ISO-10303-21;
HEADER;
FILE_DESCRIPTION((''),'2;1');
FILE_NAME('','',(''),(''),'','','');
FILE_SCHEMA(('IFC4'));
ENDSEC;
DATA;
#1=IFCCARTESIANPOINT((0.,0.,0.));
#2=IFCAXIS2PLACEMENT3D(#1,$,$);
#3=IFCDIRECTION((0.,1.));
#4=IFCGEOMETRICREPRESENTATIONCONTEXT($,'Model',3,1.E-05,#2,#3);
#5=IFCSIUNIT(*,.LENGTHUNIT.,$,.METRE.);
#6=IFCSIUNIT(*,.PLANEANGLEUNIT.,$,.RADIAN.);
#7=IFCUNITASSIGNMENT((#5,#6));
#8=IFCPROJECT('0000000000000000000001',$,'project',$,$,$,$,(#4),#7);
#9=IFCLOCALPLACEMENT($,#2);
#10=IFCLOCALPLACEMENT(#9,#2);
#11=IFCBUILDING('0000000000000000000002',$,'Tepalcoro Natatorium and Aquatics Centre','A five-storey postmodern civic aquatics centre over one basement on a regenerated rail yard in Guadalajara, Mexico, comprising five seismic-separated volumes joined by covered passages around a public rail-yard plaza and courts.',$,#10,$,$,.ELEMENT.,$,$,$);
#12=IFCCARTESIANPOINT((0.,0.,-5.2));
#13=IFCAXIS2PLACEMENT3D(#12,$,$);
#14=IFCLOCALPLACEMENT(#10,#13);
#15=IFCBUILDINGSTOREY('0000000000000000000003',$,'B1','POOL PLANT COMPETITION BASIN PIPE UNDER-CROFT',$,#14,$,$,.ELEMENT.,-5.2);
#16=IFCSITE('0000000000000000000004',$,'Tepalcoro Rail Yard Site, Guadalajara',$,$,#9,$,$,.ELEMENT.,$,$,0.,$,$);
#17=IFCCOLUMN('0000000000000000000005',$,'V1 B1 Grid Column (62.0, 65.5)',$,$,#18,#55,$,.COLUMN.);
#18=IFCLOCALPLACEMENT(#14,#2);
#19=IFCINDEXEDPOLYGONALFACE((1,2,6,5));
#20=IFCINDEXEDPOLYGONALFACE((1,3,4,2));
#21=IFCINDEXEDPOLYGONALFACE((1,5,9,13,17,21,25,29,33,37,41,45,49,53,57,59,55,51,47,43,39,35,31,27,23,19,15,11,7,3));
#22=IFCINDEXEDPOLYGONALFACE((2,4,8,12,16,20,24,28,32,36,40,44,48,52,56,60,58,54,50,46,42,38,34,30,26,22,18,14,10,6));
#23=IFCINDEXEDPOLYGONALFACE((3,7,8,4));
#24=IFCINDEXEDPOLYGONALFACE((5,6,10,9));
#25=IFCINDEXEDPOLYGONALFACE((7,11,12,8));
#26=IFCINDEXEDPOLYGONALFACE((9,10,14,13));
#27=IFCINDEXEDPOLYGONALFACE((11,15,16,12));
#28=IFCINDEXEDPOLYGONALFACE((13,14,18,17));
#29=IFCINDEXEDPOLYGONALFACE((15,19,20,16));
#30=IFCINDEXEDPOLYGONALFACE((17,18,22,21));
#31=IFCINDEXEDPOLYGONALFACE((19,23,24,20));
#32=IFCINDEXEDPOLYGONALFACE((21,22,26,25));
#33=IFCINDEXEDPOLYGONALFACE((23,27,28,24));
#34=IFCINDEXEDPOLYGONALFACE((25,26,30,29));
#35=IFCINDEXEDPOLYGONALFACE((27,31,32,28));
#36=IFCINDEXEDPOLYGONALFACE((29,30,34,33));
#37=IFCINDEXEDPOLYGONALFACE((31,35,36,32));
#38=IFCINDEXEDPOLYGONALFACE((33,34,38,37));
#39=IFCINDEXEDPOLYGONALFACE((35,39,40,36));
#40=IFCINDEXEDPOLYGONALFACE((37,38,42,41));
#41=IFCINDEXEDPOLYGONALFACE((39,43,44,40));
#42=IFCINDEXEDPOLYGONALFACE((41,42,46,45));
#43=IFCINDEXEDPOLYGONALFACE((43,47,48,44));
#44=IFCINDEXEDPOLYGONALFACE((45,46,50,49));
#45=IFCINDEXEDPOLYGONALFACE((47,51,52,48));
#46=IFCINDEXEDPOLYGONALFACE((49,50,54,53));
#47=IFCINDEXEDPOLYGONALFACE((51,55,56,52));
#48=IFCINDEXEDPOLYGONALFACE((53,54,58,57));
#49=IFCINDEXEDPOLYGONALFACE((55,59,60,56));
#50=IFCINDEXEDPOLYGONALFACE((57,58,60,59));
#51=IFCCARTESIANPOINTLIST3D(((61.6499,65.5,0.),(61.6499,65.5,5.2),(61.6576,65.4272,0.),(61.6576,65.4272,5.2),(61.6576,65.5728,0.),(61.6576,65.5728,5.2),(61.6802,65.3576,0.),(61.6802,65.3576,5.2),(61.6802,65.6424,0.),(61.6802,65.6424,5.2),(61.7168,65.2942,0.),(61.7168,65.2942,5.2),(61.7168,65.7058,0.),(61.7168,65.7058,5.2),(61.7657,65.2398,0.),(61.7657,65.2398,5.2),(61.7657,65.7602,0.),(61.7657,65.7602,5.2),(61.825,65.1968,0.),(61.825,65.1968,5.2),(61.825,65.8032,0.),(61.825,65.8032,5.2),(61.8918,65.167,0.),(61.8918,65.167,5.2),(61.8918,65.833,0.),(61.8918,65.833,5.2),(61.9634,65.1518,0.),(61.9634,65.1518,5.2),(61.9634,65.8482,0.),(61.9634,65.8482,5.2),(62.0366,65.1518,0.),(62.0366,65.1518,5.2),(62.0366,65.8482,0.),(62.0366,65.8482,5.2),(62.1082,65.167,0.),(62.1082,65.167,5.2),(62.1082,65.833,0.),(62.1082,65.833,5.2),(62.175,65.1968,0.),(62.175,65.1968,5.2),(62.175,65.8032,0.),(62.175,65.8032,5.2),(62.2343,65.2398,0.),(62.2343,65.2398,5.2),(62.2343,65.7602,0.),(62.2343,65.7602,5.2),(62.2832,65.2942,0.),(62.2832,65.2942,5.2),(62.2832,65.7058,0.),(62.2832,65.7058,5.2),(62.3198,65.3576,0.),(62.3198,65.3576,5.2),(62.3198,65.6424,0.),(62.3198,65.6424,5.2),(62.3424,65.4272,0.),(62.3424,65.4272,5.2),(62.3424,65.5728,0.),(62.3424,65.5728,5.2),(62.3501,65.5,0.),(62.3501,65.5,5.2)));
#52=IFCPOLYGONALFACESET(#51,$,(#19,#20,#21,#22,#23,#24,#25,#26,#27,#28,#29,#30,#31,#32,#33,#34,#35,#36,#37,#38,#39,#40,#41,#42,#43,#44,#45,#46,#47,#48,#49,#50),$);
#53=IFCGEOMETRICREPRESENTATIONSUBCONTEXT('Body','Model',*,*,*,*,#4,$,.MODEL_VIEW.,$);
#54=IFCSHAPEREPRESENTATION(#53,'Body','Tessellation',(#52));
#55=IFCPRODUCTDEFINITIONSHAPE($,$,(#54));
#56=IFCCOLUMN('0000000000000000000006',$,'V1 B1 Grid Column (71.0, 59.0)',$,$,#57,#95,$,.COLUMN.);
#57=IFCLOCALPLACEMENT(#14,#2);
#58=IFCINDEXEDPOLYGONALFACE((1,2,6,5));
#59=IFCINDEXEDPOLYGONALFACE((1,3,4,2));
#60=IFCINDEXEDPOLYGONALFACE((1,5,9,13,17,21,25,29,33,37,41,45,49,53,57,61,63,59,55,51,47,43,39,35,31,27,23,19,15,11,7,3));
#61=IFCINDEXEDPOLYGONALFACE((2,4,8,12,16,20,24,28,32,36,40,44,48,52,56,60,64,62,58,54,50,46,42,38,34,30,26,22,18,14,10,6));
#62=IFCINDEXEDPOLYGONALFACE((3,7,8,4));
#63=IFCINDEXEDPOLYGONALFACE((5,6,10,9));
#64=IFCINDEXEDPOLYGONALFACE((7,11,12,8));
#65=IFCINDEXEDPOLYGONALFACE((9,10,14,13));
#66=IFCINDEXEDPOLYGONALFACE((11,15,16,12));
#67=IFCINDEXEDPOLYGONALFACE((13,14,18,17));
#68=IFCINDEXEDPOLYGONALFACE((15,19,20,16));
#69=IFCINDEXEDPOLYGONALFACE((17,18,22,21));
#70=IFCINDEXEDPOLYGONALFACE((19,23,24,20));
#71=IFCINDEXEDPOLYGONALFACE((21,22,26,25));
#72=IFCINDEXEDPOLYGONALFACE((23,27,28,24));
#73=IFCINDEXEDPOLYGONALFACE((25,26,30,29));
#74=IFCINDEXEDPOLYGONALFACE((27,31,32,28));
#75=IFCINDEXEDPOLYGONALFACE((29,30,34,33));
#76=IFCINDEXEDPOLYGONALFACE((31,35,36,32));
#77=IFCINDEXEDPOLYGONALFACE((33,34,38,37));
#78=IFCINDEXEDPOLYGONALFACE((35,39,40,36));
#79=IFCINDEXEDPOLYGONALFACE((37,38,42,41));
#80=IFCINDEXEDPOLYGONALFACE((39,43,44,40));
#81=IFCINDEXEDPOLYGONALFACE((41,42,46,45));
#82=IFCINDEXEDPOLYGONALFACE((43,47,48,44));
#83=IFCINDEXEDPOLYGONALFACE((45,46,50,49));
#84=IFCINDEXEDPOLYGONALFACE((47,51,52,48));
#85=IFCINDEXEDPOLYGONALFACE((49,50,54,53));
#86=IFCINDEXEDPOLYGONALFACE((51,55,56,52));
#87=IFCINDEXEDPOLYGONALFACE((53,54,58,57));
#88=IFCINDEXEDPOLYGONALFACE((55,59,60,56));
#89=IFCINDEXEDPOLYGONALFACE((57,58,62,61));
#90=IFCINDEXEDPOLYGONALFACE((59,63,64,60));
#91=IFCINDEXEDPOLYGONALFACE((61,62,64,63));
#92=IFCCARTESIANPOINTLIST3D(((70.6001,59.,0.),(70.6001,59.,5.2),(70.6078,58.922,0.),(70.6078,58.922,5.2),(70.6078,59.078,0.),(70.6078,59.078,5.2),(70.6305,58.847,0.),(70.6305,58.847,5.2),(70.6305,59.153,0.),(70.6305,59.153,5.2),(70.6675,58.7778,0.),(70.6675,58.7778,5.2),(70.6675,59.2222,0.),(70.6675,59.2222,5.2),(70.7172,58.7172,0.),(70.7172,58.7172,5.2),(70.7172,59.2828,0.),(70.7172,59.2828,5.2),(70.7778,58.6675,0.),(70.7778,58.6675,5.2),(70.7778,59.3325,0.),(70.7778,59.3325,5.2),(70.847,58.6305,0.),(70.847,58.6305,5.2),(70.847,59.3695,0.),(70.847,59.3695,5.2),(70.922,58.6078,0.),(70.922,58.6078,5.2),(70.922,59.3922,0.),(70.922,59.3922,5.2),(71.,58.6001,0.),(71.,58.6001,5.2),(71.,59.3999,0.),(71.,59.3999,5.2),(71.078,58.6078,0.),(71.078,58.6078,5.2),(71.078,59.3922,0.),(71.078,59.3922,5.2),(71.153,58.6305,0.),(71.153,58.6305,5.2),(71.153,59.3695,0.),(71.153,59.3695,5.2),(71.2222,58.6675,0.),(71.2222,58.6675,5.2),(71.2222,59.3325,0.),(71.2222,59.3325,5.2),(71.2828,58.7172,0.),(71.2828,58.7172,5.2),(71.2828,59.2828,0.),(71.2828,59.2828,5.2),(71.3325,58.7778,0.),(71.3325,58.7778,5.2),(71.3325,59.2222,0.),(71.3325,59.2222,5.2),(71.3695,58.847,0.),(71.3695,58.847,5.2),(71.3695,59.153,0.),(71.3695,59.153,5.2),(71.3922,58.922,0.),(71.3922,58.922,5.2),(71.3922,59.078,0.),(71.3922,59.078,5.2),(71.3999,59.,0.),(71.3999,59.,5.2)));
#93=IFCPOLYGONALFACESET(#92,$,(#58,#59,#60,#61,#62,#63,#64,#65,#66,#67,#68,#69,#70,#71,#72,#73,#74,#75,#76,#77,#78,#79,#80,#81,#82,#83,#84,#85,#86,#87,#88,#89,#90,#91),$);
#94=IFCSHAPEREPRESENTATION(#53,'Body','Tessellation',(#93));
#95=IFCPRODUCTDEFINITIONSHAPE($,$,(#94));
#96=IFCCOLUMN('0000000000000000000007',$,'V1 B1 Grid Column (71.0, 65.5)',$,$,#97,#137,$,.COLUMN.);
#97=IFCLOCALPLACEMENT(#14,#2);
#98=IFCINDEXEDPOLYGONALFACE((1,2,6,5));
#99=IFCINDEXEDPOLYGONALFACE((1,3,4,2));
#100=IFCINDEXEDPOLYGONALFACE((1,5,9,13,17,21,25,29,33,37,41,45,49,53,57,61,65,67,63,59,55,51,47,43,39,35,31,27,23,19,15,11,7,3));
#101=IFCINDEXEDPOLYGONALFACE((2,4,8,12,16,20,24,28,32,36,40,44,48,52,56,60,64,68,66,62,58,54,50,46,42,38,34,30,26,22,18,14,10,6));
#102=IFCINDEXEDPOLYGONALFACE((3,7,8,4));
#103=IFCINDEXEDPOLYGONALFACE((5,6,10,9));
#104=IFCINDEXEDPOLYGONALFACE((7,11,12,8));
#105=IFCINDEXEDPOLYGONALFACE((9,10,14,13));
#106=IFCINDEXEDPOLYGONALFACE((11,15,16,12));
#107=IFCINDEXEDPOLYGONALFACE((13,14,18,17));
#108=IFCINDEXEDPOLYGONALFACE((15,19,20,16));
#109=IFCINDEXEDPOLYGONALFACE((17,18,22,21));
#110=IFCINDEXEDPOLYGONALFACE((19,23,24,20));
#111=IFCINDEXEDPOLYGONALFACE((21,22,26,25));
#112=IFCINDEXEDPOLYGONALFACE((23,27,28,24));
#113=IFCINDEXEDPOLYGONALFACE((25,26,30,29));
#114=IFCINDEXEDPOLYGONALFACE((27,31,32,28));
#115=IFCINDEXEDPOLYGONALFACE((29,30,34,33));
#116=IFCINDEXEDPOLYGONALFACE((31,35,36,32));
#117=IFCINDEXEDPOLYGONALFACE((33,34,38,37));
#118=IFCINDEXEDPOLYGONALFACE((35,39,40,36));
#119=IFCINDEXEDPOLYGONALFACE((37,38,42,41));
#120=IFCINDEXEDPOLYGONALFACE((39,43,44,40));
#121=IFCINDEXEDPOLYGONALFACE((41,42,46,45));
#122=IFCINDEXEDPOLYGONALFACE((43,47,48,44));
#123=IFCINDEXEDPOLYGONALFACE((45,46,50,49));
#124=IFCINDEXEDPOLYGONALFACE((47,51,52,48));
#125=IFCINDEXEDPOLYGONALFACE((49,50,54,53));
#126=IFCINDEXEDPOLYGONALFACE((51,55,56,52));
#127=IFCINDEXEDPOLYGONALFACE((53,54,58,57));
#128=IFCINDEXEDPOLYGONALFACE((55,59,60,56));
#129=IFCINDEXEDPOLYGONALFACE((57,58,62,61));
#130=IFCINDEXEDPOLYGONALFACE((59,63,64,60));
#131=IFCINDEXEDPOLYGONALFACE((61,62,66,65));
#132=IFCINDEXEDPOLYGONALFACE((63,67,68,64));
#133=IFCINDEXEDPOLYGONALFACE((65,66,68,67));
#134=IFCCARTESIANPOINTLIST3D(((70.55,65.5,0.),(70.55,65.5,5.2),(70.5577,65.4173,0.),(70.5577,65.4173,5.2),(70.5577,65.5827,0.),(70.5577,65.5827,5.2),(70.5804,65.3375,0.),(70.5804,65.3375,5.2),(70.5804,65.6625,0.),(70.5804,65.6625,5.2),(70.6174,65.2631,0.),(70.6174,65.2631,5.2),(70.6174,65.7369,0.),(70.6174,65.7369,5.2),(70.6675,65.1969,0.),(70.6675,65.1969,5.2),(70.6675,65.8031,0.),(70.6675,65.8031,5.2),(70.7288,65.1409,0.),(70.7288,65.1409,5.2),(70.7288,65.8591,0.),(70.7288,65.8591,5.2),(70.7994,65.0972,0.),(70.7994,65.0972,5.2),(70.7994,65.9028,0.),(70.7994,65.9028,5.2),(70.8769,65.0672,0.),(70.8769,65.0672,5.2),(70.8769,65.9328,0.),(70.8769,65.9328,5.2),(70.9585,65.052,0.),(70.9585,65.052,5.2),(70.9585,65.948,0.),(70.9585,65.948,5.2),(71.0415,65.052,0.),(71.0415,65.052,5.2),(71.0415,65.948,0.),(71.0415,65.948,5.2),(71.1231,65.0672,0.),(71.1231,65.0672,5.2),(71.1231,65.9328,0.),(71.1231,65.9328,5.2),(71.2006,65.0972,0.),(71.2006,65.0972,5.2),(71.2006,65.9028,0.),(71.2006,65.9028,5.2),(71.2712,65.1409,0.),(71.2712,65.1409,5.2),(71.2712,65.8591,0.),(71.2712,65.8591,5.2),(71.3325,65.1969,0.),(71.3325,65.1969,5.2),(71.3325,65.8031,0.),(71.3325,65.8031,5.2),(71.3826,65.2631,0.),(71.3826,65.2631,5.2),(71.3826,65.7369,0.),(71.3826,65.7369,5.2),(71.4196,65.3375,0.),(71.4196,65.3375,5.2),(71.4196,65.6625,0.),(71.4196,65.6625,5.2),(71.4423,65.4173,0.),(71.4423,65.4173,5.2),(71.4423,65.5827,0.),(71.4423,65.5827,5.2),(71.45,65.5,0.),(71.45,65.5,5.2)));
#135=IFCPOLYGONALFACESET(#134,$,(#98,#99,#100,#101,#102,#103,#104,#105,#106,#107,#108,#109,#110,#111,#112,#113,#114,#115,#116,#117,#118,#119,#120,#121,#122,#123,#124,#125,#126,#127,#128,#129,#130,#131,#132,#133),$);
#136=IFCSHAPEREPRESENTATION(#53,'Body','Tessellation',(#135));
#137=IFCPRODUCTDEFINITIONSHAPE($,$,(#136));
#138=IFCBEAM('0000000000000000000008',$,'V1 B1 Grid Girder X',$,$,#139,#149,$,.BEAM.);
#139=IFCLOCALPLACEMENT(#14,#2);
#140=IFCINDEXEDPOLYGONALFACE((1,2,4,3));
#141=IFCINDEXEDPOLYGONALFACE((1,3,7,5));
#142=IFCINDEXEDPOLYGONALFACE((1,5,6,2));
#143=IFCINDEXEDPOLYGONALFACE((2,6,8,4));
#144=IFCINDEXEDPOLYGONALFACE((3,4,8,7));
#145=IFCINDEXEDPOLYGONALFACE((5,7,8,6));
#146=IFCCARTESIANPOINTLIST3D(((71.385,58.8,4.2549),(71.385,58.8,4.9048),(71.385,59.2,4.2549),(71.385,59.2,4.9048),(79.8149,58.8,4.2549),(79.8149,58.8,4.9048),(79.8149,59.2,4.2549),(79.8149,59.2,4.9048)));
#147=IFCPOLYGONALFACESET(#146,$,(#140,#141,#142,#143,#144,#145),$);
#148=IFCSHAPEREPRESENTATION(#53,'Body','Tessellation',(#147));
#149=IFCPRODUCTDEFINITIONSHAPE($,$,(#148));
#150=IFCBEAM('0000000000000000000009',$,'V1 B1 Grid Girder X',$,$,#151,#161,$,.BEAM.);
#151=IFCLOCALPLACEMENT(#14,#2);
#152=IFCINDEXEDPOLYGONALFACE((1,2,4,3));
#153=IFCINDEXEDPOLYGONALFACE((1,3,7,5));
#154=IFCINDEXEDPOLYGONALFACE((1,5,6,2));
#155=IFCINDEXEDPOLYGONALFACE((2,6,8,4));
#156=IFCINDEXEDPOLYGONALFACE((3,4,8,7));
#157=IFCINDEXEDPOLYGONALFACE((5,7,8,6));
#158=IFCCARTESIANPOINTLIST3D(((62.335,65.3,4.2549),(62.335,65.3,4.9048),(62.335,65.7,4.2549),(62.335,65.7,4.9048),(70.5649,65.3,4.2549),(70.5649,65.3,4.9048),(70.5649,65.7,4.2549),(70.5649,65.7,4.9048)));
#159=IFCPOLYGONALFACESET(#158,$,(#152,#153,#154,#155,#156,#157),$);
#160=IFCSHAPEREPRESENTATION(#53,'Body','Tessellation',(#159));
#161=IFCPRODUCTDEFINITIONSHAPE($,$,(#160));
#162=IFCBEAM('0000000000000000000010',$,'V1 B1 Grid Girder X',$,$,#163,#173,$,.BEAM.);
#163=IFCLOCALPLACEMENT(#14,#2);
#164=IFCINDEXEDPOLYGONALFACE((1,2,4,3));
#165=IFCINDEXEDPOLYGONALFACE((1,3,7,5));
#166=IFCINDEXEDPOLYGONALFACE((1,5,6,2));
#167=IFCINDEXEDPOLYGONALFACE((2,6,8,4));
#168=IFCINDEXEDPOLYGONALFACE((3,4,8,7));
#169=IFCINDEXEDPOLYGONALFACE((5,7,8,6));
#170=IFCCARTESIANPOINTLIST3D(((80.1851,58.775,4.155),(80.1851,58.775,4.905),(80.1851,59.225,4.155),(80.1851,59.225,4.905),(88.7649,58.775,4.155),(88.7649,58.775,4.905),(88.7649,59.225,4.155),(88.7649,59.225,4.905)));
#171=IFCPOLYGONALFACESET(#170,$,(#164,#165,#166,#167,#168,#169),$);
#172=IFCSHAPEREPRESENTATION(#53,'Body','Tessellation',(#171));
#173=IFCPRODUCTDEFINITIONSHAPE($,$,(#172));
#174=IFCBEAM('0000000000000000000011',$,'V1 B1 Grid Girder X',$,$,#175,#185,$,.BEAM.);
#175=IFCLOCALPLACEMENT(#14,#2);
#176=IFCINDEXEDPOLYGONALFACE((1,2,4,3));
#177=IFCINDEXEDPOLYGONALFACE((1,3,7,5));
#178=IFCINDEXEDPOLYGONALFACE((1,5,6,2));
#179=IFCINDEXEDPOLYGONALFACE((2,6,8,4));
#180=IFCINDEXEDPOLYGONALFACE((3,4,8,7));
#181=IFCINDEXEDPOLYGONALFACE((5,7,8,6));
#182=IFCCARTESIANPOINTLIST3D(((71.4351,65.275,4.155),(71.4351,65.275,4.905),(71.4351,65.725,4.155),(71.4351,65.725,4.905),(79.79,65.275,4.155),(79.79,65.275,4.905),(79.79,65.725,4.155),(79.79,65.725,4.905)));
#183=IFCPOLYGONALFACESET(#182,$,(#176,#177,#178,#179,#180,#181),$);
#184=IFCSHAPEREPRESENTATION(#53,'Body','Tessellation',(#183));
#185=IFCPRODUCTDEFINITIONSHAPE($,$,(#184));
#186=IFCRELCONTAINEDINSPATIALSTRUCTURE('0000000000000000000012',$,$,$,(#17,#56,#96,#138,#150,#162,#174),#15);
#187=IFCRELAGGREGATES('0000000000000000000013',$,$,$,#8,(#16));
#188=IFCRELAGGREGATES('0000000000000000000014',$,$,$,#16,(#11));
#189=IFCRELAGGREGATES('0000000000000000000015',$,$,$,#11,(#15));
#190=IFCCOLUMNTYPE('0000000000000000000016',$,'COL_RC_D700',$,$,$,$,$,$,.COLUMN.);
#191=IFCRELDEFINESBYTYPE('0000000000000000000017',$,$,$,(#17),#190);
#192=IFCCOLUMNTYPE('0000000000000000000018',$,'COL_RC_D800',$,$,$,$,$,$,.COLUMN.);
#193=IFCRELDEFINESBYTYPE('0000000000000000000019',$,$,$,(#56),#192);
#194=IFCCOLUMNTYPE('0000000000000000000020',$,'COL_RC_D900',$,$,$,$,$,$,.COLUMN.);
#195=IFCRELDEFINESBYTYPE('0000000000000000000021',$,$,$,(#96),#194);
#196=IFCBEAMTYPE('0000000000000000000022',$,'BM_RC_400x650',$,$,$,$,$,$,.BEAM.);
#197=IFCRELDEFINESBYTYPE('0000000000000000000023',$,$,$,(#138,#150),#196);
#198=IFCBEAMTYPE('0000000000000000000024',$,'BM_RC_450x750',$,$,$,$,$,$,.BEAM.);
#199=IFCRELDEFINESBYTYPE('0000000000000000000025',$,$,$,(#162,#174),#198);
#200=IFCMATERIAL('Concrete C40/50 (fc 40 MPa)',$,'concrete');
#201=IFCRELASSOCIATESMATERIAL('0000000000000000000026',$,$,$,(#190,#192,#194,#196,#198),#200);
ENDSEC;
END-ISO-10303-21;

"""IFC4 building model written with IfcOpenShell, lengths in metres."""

from ifc_helpers import new_model, si_unit, direction, frame, origin, origin_2d, place, context, subcontext, project, spatial, rectangle, circle, extrude, material, material_profile, profile_set, type_object, element, save


model = new_model("IFC4")

# Units and contexts
model_context = context("Model", 3, precision=1e-05, world=origin(), true_north=direction((0.0, 1.0)))
body_context = subcontext(model_context, "Body", "Model", "MODEL_VIEW")
ifc_project = project(units=[si_unit("LENGTHUNIT", "METRE"), si_unit("PLANEANGLEUNIT", "RADIAN")], contexts=[model_context])

# Site, building, storey
site_placement = place(None, origin())
site = spatial("IfcSite", under=ifc_project, at=site_placement, Name="Tepalcoro Rail Yard Site, Guadalajara", CompositionType="ELEMENT", RefElevation=0.0)
building_placement = place(site_placement, origin())
building = spatial("IfcBuilding", under=site, at=building_placement, Name="Tepalcoro Natatorium and Aquatics Centre", Description="A five-storey postmodern civic aquatics centre over one basement on a regenerated rail yard in Guadalajara, Mexico, comprising five seismic-separated volumes joined by covered passages around a public rail-yard plaza and courts.", CompositionType="ELEMENT")
storey_placement = place(building_placement, frame((0.0, 0.0, -5.2)))
storey = spatial("IfcBuildingStorey", under=building, at=storey_placement, Name="B1", Description="POOL PLANT COMPETITION BASIN PIPE UNDER-CROFT", CompositionType="ELEMENT", Elevation=-5.2)

# Shared definitions
ifc_material_1 = material(Name="Concrete C40/50 (fc 40 MPa)", Category="concrete")

# Columns
ifc_material_profile_1 = material_profile(ifc_material_1, circle(Radius=0.3501, at=origin_2d()), Name="RCD700")
ifc_profile_set_1 = profile_set([ifc_material_profile_1], Name="Concrete C40/50 (fc 40 MPa)")
column_type_1 = type_object("IfcColumnType", Name="COL_RC_D700", PredefinedType="COLUMN", material=ifc_profile_set_1)
column_1_placement = place(storey_placement, frame((62.0, 65.5, 0.0), z_axis=(0.0, 0.0, 1.0), x_axis=(1.0, 0.0, 0.0)))
element("IfcColumn", 1, at=column_1_placement, inside=storey, type_object=column_type_1, Name="V1 B1 Grid Column (62.0, 65.5)", PredefinedType="COLUMN", context=body_context, shape_type="SweptSolid", body=[
    extrude(circle(Radius=0.3501, at=origin_2d()), origin(), (0.0, 0.0, 1.0), 5.2),
])
ifc_material_profile_2 = material_profile(ifc_material_1, circle(Radius=0.3999, at=origin_2d()), Name="RCD800")
ifc_profile_set_2 = profile_set([ifc_material_profile_2], Name="Concrete C40/50 (fc 40 MPa)")
column_type_2 = type_object("IfcColumnType", Name="COL_RC_D800", PredefinedType="COLUMN", material=ifc_profile_set_2)
column_2_placement = place(storey_placement, frame((71.0, 59.0, 0.0), z_axis=(0.0, 0.0, 1.0), x_axis=(1.0, 0.0, 0.0)))
element("IfcColumn", 2, at=column_2_placement, inside=storey, type_object=column_type_2, Name="V1 B1 Grid Column (71.0, 59.0)", PredefinedType="COLUMN", context=body_context, shape_type="SweptSolid", body=[
    extrude(circle(Radius=0.3999, at=origin_2d()), origin(), (0.0, 0.0, 1.0), 5.2),
])
ifc_material_profile_3 = material_profile(ifc_material_1, circle(Radius=0.45, at=origin_2d()), Name="RCD900")
ifc_profile_set_3 = profile_set([ifc_material_profile_3], Name="Concrete C40/50 (fc 40 MPa)")
column_type_3 = type_object("IfcColumnType", Name="COL_RC_D900", PredefinedType="COLUMN", material=ifc_profile_set_3)
column_3_placement = place(storey_placement, frame((71.0, 65.5, 0.0), z_axis=(0.0, 0.0, 1.0), x_axis=(1.0, 0.0, 0.0)))
element("IfcColumn", 3, at=column_3_placement, inside=storey, type_object=column_type_3, Name="V1 B1 Grid Column (71.0, 65.5)", PredefinedType="COLUMN", context=body_context, shape_type="SweptSolid", body=[
    extrude(circle(Radius=0.45, at=origin_2d()), origin(), (0.0, 0.0, 1.0), 5.2),
])

# Beams
ifc_material_profile_4 = material_profile(ifc_material_1, rectangle(XDim=0.3999, YDim=0.6499, at=origin_2d()), Name="RCB400x650")
ifc_profile_set_4 = profile_set([ifc_material_profile_4], Name="Concrete C40/50 (fc 40 MPa)")
beam_type_1 = type_object("IfcBeamType", Name="BM_RC_400x650", PredefinedType="BEAM", material=ifc_profile_set_4)
beam_1_placement = place(storey_placement, frame((71.385, 59.0, 4.5798), z_axis=(1.0, 0.0, 0.0), x_axis=(0.0, 1.0, 0.0)))
element("IfcBeam", 4, at=beam_1_placement, inside=storey, type_object=beam_type_1, Name="V1 B1 Grid Girder X", PredefinedType="BEAM", context=body_context, shape_type="SweptSolid", body=[
    extrude(rectangle(XDim=0.3999, YDim=0.6499, at=origin_2d()), origin(), (0.0, 0.0, 1.0), 8.4299),
])
beam_2_placement = place(storey_placement, frame((62.335, 65.5, 4.5798), z_axis=(1.0, 0.0, 0.0), x_axis=(0.0, 1.0, 0.0)))
element("IfcBeam", 5, at=beam_2_placement, inside=storey, type_object=beam_type_1, Name="V1 B1 Grid Girder X", PredefinedType="BEAM", context=body_context, shape_type="SweptSolid", body=[
    extrude(rectangle(XDim=0.3999, YDim=0.6499, at=origin_2d()), origin(), (0.0, 0.0, 1.0), 8.23),
])
ifc_material_profile_5 = material_profile(ifc_material_1, rectangle(XDim=0.45, YDim=0.75, at=origin_2d()), Name="RCB450x750")
ifc_profile_set_5 = profile_set([ifc_material_profile_5], Name="Concrete C40/50 (fc 40 MPa)")
beam_type_2 = type_object("IfcBeamType", Name="BM_RC_450x750", PredefinedType="BEAM", material=ifc_profile_set_5)
beam_3_placement = place(storey_placement, frame((80.1851, 59.0, 4.53), z_axis=(1.0, 0.0, 0.0), x_axis=(0.0, 1.0, 0.0)))
element("IfcBeam", 6, at=beam_3_placement, inside=storey, type_object=beam_type_2, Name="V1 B1 Grid Girder X", PredefinedType="BEAM", context=body_context, shape_type="SweptSolid", body=[
    extrude(rectangle(XDim=0.45, YDim=0.75, at=origin_2d()), origin(), (0.0, 0.0, 1.0), 8.5798),
])
beam_4_placement = place(storey_placement, frame((71.4351, 65.5, 4.53), z_axis=(1.0, 0.0, 0.0), x_axis=(0.0, 1.0, 0.0)))
element("IfcBeam", 7, at=beam_4_placement, inside=storey, type_object=beam_type_2, Name="V1 B1 Grid Girder X", PredefinedType="BEAM", context=body_context, shape_type="SweptSolid", body=[
    extrude(rectangle(XDim=0.45, YDim=0.75, at=origin_2d()), origin(), (0.0, 0.0, 1.0), 8.355),
])

save(model, "model.ifc")
